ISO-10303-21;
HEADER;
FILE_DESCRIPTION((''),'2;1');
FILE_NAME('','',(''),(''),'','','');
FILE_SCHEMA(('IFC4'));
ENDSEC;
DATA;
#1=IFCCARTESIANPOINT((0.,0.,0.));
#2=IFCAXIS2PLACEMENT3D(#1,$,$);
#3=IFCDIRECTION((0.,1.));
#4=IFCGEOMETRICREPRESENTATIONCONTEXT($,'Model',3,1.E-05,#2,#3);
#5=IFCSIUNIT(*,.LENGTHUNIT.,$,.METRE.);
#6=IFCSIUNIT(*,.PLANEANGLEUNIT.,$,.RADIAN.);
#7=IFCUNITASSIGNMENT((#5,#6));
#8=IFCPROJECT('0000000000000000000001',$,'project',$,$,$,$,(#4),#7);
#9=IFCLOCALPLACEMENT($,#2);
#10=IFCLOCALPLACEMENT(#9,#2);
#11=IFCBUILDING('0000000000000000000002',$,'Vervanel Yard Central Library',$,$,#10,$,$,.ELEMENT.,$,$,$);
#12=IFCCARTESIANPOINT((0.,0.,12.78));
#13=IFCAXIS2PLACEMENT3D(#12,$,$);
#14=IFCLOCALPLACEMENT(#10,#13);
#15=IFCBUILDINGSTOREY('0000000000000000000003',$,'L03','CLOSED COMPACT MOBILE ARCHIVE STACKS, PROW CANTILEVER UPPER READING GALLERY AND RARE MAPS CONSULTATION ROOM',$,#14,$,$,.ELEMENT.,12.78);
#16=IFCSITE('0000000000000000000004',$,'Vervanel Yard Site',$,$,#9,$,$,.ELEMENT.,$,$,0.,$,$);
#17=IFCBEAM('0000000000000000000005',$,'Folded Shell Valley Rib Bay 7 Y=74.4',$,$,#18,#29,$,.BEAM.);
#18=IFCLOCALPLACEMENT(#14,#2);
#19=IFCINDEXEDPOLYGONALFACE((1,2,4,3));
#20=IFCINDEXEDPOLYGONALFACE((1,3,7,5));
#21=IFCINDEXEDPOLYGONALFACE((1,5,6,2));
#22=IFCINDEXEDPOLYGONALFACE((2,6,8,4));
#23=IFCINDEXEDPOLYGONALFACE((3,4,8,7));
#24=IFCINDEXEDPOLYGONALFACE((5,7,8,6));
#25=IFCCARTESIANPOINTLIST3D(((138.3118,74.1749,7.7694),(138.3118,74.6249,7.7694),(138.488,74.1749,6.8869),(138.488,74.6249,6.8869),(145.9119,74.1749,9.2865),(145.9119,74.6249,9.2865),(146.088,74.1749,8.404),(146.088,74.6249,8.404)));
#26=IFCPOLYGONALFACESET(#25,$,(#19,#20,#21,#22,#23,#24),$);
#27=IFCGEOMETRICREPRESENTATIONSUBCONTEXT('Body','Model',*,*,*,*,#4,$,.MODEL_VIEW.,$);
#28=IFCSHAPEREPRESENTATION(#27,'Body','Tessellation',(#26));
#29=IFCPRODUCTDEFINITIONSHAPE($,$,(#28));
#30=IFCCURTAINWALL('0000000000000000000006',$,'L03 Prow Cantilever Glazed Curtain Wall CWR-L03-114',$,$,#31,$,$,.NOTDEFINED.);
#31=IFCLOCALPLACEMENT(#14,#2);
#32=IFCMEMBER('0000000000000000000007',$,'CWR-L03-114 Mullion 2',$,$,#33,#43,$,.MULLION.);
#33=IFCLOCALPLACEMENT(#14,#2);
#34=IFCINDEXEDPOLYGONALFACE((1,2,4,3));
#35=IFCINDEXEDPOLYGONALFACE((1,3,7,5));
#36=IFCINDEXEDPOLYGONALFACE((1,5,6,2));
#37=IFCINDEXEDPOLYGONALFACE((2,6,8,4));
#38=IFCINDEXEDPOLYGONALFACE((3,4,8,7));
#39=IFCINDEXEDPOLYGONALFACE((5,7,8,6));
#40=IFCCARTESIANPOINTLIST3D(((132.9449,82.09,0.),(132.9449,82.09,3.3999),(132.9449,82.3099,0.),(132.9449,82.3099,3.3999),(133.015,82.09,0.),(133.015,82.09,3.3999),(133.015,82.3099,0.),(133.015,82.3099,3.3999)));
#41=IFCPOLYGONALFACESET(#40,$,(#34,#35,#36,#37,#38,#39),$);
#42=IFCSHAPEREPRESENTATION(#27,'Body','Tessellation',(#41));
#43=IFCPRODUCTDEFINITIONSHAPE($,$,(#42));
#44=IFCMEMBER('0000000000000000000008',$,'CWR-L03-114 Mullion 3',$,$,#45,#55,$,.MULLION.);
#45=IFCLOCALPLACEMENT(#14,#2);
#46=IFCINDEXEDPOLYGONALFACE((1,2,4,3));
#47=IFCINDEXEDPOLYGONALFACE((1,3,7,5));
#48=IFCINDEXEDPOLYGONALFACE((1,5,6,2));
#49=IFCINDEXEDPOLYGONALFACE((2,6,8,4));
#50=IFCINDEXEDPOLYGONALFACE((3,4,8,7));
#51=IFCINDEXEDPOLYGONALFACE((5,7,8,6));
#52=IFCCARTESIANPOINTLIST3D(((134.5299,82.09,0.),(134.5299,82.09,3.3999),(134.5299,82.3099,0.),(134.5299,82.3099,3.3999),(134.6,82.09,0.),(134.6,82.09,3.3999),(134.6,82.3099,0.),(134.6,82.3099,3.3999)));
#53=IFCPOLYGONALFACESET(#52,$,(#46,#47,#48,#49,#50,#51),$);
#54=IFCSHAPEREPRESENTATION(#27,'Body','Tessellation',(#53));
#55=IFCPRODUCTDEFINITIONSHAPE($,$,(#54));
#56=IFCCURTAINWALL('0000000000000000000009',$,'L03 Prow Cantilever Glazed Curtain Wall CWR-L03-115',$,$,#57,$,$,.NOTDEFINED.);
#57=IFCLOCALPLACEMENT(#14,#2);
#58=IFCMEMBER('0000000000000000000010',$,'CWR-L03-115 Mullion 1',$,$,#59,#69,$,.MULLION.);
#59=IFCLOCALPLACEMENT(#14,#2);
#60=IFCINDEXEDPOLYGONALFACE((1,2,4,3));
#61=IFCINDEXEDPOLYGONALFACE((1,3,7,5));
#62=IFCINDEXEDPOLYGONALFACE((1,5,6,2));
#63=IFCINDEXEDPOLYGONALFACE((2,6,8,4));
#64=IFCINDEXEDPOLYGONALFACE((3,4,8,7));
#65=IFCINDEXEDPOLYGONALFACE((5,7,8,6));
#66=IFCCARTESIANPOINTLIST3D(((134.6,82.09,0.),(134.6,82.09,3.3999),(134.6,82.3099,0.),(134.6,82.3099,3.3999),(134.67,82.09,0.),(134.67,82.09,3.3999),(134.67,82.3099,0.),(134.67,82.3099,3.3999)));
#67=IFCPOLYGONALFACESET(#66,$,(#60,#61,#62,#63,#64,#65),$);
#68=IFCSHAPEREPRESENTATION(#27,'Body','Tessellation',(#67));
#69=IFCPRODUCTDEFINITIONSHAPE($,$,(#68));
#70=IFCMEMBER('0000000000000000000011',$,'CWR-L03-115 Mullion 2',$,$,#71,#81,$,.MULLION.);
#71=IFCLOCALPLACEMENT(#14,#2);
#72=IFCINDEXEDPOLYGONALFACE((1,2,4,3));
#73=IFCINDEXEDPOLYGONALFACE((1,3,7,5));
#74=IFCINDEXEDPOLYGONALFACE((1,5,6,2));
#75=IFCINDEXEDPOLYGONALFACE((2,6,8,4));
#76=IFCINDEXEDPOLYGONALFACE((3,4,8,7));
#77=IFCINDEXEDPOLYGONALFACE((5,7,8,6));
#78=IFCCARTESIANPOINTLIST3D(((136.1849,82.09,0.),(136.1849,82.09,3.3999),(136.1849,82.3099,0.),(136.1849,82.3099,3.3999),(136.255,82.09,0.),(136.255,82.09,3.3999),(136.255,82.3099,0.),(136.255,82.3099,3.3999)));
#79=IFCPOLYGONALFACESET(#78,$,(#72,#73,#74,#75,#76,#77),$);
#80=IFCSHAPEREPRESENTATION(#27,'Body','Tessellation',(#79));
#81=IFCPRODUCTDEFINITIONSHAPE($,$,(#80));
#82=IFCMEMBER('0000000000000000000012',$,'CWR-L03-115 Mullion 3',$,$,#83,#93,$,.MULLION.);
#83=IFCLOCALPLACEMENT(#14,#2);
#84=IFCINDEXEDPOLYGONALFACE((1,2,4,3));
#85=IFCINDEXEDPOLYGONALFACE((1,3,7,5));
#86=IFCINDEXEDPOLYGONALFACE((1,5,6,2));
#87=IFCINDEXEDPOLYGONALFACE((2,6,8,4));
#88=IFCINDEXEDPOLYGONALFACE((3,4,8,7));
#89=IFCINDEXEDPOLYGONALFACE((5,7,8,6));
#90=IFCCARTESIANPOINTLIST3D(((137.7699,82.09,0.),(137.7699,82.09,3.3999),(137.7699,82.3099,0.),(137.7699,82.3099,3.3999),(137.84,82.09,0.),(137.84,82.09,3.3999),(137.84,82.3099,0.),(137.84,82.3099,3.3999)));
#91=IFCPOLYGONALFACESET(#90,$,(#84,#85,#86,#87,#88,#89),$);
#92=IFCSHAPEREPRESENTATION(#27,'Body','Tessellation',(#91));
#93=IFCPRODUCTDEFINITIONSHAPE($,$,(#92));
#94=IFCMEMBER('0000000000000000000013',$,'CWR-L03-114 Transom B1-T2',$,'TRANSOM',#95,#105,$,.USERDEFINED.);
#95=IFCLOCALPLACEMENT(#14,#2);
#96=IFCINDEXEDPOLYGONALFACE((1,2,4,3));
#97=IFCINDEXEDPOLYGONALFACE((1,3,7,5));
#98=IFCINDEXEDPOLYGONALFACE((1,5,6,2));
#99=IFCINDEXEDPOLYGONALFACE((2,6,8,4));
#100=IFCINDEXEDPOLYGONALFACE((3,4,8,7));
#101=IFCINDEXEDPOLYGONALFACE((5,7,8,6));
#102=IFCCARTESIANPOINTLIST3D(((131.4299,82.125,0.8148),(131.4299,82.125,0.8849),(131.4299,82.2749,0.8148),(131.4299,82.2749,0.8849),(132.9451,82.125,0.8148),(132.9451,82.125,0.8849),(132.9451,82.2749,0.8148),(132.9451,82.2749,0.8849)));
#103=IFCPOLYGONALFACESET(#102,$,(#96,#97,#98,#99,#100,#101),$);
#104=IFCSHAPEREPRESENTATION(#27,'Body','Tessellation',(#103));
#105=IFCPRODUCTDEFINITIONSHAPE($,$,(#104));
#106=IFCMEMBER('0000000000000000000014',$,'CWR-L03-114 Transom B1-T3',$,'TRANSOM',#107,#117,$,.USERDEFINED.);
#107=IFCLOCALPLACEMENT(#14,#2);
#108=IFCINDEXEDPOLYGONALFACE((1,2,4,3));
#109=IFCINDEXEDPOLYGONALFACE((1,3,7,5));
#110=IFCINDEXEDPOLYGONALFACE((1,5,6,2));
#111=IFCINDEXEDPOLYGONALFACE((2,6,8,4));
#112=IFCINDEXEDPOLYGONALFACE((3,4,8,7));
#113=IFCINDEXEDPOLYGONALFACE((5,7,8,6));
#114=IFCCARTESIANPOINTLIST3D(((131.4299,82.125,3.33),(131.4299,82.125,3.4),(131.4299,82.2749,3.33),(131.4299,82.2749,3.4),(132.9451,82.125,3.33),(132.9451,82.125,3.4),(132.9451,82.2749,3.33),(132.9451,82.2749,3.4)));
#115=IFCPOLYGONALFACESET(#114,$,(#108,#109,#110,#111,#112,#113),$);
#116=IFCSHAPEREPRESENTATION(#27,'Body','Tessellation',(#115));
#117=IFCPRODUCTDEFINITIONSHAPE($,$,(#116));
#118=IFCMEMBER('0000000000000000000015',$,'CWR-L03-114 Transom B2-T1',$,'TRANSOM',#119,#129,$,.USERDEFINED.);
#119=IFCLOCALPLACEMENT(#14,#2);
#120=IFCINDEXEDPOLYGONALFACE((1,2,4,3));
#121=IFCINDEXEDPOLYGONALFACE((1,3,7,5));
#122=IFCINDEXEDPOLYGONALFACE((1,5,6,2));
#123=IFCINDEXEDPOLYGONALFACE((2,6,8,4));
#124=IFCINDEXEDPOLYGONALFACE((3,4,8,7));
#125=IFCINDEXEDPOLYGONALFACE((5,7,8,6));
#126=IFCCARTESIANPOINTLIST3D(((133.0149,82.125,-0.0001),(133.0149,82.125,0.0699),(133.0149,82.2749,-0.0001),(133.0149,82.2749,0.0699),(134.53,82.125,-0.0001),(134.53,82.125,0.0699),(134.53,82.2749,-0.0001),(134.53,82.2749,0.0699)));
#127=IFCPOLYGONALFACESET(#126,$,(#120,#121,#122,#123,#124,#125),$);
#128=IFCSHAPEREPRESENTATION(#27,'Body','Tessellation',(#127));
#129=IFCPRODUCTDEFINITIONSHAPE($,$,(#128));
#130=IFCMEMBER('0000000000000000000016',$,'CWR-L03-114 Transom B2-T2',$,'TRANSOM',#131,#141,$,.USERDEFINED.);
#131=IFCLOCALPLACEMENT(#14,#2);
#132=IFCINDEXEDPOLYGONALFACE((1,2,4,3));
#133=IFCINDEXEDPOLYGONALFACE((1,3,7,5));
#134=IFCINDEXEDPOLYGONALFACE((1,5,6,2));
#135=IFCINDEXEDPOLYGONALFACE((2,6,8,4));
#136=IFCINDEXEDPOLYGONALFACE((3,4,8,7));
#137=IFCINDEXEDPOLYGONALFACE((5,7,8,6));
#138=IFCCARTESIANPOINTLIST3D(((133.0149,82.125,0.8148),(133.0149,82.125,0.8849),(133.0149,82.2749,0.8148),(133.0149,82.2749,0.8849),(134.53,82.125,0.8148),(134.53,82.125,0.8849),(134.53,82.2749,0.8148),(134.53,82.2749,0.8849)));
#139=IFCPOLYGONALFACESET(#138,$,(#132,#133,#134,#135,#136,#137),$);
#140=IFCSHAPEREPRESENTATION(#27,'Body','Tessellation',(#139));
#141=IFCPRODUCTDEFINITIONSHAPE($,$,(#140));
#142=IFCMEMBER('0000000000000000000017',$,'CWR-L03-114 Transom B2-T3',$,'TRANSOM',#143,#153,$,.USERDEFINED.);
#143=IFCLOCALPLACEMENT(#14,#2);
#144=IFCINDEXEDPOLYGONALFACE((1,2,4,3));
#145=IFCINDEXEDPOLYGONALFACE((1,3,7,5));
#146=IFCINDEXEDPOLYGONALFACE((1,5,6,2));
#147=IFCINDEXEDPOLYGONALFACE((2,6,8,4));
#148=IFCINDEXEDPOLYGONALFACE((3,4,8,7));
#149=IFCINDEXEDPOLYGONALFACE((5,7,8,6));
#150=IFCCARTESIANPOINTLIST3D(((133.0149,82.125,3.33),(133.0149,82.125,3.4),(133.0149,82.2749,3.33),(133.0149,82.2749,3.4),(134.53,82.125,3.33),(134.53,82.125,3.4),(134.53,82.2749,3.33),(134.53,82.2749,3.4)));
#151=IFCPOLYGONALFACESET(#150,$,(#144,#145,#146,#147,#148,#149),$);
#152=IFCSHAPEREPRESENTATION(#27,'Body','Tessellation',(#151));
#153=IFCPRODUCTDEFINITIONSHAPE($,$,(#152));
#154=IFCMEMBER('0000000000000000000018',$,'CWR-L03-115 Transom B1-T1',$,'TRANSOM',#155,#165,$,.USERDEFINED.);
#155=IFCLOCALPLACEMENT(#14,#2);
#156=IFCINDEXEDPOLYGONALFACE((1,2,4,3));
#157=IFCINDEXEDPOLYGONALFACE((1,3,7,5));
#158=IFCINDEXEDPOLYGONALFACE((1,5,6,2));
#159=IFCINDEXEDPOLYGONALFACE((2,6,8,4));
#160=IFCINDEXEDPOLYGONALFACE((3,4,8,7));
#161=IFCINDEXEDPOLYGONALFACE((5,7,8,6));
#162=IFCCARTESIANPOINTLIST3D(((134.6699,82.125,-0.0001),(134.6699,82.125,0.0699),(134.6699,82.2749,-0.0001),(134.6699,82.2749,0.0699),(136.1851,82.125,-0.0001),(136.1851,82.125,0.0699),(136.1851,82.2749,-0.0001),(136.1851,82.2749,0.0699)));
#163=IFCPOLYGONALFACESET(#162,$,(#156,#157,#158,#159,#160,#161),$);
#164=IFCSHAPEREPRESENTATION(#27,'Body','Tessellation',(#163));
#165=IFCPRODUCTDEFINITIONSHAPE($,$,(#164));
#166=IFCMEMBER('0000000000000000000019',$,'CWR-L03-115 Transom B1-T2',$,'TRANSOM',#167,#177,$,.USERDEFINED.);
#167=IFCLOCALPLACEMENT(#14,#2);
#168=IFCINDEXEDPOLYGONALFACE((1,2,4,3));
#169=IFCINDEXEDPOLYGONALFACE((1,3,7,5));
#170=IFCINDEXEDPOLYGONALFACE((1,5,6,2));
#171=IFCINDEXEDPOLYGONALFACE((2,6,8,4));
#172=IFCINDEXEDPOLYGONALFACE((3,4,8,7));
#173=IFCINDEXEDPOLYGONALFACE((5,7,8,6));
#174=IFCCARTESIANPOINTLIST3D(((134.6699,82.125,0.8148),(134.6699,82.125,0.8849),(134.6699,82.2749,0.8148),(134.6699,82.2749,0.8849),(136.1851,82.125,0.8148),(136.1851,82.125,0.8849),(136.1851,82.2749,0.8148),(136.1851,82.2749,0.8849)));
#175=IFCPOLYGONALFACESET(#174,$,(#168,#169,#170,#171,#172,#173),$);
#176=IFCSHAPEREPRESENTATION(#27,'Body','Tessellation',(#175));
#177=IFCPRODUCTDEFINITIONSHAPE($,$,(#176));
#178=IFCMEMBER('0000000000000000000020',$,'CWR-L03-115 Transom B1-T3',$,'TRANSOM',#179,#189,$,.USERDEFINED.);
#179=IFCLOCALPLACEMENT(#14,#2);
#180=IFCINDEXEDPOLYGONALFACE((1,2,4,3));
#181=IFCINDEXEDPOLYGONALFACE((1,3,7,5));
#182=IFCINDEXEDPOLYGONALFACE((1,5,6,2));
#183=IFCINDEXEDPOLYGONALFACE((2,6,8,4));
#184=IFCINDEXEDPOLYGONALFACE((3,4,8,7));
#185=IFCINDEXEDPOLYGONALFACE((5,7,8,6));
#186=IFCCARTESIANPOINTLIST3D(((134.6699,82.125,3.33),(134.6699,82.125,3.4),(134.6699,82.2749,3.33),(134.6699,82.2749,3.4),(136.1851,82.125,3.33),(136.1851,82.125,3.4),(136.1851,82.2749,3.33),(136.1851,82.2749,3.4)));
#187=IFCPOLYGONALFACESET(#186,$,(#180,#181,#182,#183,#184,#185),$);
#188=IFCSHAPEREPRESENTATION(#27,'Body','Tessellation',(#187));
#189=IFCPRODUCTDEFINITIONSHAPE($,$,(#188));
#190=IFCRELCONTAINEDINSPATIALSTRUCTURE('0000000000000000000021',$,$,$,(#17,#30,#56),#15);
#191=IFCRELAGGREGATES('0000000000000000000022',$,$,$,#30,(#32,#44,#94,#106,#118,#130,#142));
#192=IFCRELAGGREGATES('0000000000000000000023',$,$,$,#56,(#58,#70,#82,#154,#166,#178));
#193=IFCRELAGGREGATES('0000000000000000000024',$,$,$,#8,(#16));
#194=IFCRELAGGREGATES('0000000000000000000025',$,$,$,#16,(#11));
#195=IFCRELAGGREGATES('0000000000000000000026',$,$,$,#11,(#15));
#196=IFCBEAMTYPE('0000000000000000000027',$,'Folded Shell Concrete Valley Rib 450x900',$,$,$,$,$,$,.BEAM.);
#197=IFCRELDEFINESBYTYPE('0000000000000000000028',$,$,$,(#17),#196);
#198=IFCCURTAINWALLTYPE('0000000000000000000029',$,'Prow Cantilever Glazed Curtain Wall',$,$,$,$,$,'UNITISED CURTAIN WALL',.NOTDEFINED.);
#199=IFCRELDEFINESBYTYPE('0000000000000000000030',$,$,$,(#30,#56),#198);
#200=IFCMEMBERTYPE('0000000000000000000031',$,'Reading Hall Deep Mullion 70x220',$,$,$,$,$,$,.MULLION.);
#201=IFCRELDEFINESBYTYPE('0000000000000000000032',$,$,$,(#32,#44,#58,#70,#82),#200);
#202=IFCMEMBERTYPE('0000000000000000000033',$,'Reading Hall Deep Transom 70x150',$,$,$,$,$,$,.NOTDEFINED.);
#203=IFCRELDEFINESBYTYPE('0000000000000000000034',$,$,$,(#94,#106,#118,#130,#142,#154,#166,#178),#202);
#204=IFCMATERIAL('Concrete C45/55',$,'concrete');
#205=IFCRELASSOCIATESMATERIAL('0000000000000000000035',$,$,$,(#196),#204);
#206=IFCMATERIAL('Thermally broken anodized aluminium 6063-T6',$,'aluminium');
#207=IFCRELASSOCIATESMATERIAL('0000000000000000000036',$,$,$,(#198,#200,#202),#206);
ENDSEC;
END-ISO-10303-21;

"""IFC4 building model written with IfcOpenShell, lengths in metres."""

from ifc_helpers import new_model, si_unit, direction, frame, origin, origin_2d, place, context, subcontext, project, spatial, rectangle, extrude, material, material_profile, profile_set, type_object, element, aggregate, save


model = new_model("IFC4")

# Units and contexts
model_context = context("Model", 3, precision=1e-05, world=origin(), true_north=direction((0.0, 1.0)))
body_context = subcontext(model_context, "Body", "Model", "MODEL_VIEW")
ifc_project = project(units=[si_unit("LENGTHUNIT", "METRE"), si_unit("PLANEANGLEUNIT", "RADIAN")], contexts=[model_context])

# Site, building, storey
site_placement = place(None, origin())
site = spatial("IfcSite", under=ifc_project, at=site_placement, Name="Vervanel Yard Site", CompositionType="ELEMENT", RefElevation=0.0)
building_placement = place(site_placement, origin())
building = spatial("IfcBuilding", under=site, at=building_placement, Name="Vervanel Yard Central Library", CompositionType="ELEMENT")
storey_placement = place(building_placement, frame((0.0, 0.0, 12.78)))
storey = spatial("IfcBuildingStorey", under=building, at=storey_placement, Name="L03", Description="CLOSED COMPACT MOBILE ARCHIVE STACKS, PROW CANTILEVER UPPER READING GALLERY AND RARE MAPS CONSULTATION ROOM", CompositionType="ELEMENT", Elevation=12.78)

# Beam
ifc_material_1 = material(Name="Concrete C45/55", Category="concrete")
ifc_material_profile_1 = material_profile(ifc_material_1, rectangle(XDim=0.45, YDim=0.8999, at=origin_2d()), Name="RC 450x900", Category="concrete")
ifc_profile_set_1 = profile_set([ifc_material_profile_1], Name="Concrete C45/55")
beam_type = type_object("IfcBeamType", Name="Folded Shell Concrete Valley Rib 450x900", PredefinedType="BEAM", material=ifc_profile_set_1)
beam_placement = place(storey_placement, frame((138.3999, 74.3999, 7.3281), z_axis=(0.980653, 0.0, 0.195753), x_axis=(0.0, 1.0, 0.0)))
element("IfcBeam", 1, at=beam_placement, inside=storey, type_object=beam_type, Name="Folded Shell Valley Rib Bay 7 Y=74.4", PredefinedType="BEAM", context=body_context, shape_type="SweptSolid", body=[
    extrude(rectangle(XDim=0.45, YDim=0.8999, at=origin_2d()), origin(), (0.0, 0.0, 1.0), 7.75),
])

# Curtain walls, members
ifc_material_2 = material(Name="Thermally broken anodized aluminium 6063-T6", Category="aluminium")
curtain_wall_type = type_object("IfcCurtainWallType", Name="Prow Cantilever Glazed Curtain Wall", ElementType="UNITISED CURTAIN WALL", PredefinedType="NOTDEFINED", material=ifc_material_2)
curtain_wall_1_placement = place(storey_placement, origin())
curtain_wall_1 = element("IfcCurtainWall", 2, at=curtain_wall_1_placement, inside=storey, type_object=curtain_wall_type, Name="L03 Prow Cantilever Glazed Curtain Wall CWR-L03-114", PredefinedType="NOTDEFINED")
ifc_material_profile_2 = material_profile(ifc_material_2, rectangle(XDim=0.0701, YDim=0.22, at=origin_2d()), Name="ALU 70x220", Category="aluminium")
ifc_profile_set_2 = profile_set([ifc_material_profile_2], Name="Thermally broken anodized aluminium 6063-T6")
member_type_1 = type_object("IfcMemberType", Name="Reading Hall Deep Mullion 70x220", PredefinedType="MULLION", material=ifc_profile_set_2)
member_1_placement = place(storey_placement, frame((132.98, 82.2, 0.0), z_axis=(0.0, 0.0, 1.0), x_axis=(1.0, 0.0, 0.0)))
member_1 = element("IfcMember", 3, at=member_1_placement, type_object=member_type_1, Name="CWR-L03-114 Mullion 2", PredefinedType="MULLION", context=body_context, shape_type="SweptSolid", body=[
    extrude(rectangle(XDim=0.0701, YDim=0.22, at=origin_2d()), origin(), (0.0, 0.0, 1.0), 3.3999),
])
member_2_placement = place(storey_placement, frame((134.5649, 82.2, 0.0), z_axis=(0.0, 0.0, 1.0), x_axis=(1.0, 0.0, 0.0)))
member_2 = element("IfcMember", 4, at=member_2_placement, type_object=member_type_1, Name="CWR-L03-114 Mullion 3", PredefinedType="MULLION", context=body_context, shape_type="SweptSolid", body=[
    extrude(rectangle(XDim=0.0701, YDim=0.22, at=origin_2d()), origin(), (0.0, 0.0, 1.0), 3.3999),
])
curtain_wall_2_placement = place(storey_placement, origin())
curtain_wall_2 = element("IfcCurtainWall", 5, at=curtain_wall_2_placement, inside=storey, type_object=curtain_wall_type, Name="L03 Prow Cantilever Glazed Curtain Wall CWR-L03-115", PredefinedType="NOTDEFINED")
member_3_placement = place(storey_placement, frame((134.635, 82.2, 0.0), z_axis=(0.0, 0.0, 1.0), x_axis=(1.0, 0.0, 0.0)))
member_3 = element("IfcMember", 6, at=member_3_placement, type_object=member_type_1, Name="CWR-L03-115 Mullion 1", PredefinedType="MULLION", context=body_context, shape_type="SweptSolid", body=[
    extrude(rectangle(XDim=0.0701, YDim=0.22, at=origin_2d()), origin(), (0.0, 0.0, 1.0), 3.3999),
])
member_4_placement = place(storey_placement, frame((136.22, 82.2, 0.0), z_axis=(0.0, 0.0, 1.0), x_axis=(1.0, 0.0, 0.0)))
member_4 = element("IfcMember", 7, at=member_4_placement, type_object=member_type_1, Name="CWR-L03-115 Mullion 2", PredefinedType="MULLION", context=body_context, shape_type="SweptSolid", body=[
    extrude(rectangle(XDim=0.0701, YDim=0.22, at=origin_2d()), origin(), (0.0, 0.0, 1.0), 3.3999),
])
member_5_placement = place(storey_placement, frame((137.8049, 82.2, 0.0), z_axis=(0.0, 0.0, 1.0), x_axis=(1.0, 0.0, 0.0)))
member_5 = element("IfcMember", 8, at=member_5_placement, type_object=member_type_1, Name="CWR-L03-115 Mullion 3", PredefinedType="MULLION", context=body_context, shape_type="SweptSolid", body=[
    extrude(rectangle(XDim=0.0701, YDim=0.22, at=origin_2d()), origin(), (0.0, 0.0, 1.0), 3.3999),
])

# Members
ifc_material_profile_3 = material_profile(ifc_material_2, rectangle(XDim=0.0701, YDim=0.1499, at=origin_2d()), Name="ALU 70x150", Category="aluminium")
ifc_profile_set_3 = profile_set([ifc_material_profile_3], Name="Thermally broken anodized aluminium 6063-T6")
member_type_2 = type_object("IfcMemberType", Name="Reading Hall Deep Transom 70x150", PredefinedType="NOTDEFINED", material=ifc_profile_set_3)
member_6_placement = place(storey_placement, frame((131.4299, 82.2, 0.8499), z_axis=(1.0, 0.0, 0.0), x_axis=(0.0, 0.0, 1.0)))
member_6 = element("IfcMember", 9, at=member_6_placement, type_object=member_type_2, Name="CWR-L03-114 Transom B1-T2", ObjectType="TRANSOM", PredefinedType="USERDEFINED", context=body_context, shape_type="SweptSolid", body=[
    extrude(rectangle(XDim=0.0701, YDim=0.1499, at=origin_2d()), origin(), (0.0, 0.0, 1.0), 1.5151),
])
member_7_placement = place(storey_placement, frame((131.4299, 82.2, 3.365), z_axis=(1.0, 0.0, 0.0), x_axis=(0.0, 0.0, 1.0)))
member_7 = element("IfcMember", 10, at=member_7_placement, type_object=member_type_2, Name="CWR-L03-114 Transom B1-T3", ObjectType="TRANSOM", PredefinedType="USERDEFINED", context=body_context, shape_type="SweptSolid", body=[
    extrude(rectangle(XDim=0.0701, YDim=0.1499, at=origin_2d()), origin(), (0.0, 0.0, 1.0), 1.5151),
])
member_8_placement = place(storey_placement, frame((133.0149, 82.2, 0.0349), z_axis=(1.0, 0.0, 0.0), x_axis=(0.0, 0.0, 1.0)))
member_8 = element("IfcMember", 11, at=member_8_placement, type_object=member_type_2, Name="CWR-L03-114 Transom B2-T1", ObjectType="TRANSOM", PredefinedType="USERDEFINED", context=body_context, shape_type="SweptSolid", body=[
    extrude(rectangle(XDim=0.0701, YDim=0.1499, at=origin_2d()), origin(), (0.0, 0.0, 1.0), 1.5151),
])
member_9_placement = place(storey_placement, frame((133.0149, 82.2, 0.8499), z_axis=(1.0, 0.0, 0.0), x_axis=(0.0, 0.0, 1.0)))
member_9 = element("IfcMember", 12, at=member_9_placement, type_object=member_type_2, Name="CWR-L03-114 Transom B2-T2", ObjectType="TRANSOM", PredefinedType="USERDEFINED", context=body_context, shape_type="SweptSolid", body=[
    extrude(rectangle(XDim=0.0701, YDim=0.1499, at=origin_2d()), origin(), (0.0, 0.0, 1.0), 1.5151),
])
member_10_placement = place(storey_placement, frame((133.0149, 82.2, 3.365), z_axis=(1.0, 0.0, 0.0), x_axis=(0.0, 0.0, 1.0)))
member_10 = element("IfcMember", 13, at=member_10_placement, type_object=member_type_2, Name="CWR-L03-114 Transom B2-T3", ObjectType="TRANSOM", PredefinedType="USERDEFINED", context=body_context, shape_type="SweptSolid", body=[
    extrude(rectangle(XDim=0.0701, YDim=0.1499, at=origin_2d()), origin(), (0.0, 0.0, 1.0), 1.5151),
])
member_11_placement = place(storey_placement, frame((134.6699, 82.2, 0.0349), z_axis=(1.0, 0.0, 0.0), x_axis=(0.0, 0.0, 1.0)))
member_11 = element("IfcMember", 14, at=member_11_placement, type_object=member_type_2, Name="CWR-L03-115 Transom B1-T1", ObjectType="TRANSOM", PredefinedType="USERDEFINED", context=body_context, shape_type="SweptSolid", body=[
    extrude(rectangle(XDim=0.0701, YDim=0.1499, at=origin_2d()), origin(), (0.0, 0.0, 1.0), 1.5151),
])
member_12_placement = place(storey_placement, frame((134.6699, 82.2, 0.8499), z_axis=(1.0, 0.0, 0.0), x_axis=(0.0, 0.0, 1.0)))
member_12 = element("IfcMember", 15, at=member_12_placement, type_object=member_type_2, Name="CWR-L03-115 Transom B1-T2", ObjectType="TRANSOM", PredefinedType="USERDEFINED", context=body_context, shape_type="SweptSolid", body=[
    extrude(rectangle(XDim=0.0701, YDim=0.1499, at=origin_2d()), origin(), (0.0, 0.0, 1.0), 1.5151),
])
member_13_placement = place(storey_placement, frame((134.6699, 82.2, 3.365), z_axis=(1.0, 0.0, 0.0), x_axis=(0.0, 0.0, 1.0)))
member_13 = element("IfcMember", 16, at=member_13_placement, type_object=member_type_2, Name="CWR-L03-115 Transom B1-T3", ObjectType="TRANSOM", PredefinedType="USERDEFINED", context=body_context, shape_type="SweptSolid", body=[
    extrude(rectangle(XDim=0.0701, YDim=0.1499, at=origin_2d()), origin(), (0.0, 0.0, 1.0), 1.5151),
])

aggregate(curtain_wall_1, [member_1, member_2, member_6, member_7, member_8, member_9, member_10])
aggregate(curtain_wall_2, [member_3, member_4, member_5, member_11, member_12, member_13])

save(model, "model.ifc")
